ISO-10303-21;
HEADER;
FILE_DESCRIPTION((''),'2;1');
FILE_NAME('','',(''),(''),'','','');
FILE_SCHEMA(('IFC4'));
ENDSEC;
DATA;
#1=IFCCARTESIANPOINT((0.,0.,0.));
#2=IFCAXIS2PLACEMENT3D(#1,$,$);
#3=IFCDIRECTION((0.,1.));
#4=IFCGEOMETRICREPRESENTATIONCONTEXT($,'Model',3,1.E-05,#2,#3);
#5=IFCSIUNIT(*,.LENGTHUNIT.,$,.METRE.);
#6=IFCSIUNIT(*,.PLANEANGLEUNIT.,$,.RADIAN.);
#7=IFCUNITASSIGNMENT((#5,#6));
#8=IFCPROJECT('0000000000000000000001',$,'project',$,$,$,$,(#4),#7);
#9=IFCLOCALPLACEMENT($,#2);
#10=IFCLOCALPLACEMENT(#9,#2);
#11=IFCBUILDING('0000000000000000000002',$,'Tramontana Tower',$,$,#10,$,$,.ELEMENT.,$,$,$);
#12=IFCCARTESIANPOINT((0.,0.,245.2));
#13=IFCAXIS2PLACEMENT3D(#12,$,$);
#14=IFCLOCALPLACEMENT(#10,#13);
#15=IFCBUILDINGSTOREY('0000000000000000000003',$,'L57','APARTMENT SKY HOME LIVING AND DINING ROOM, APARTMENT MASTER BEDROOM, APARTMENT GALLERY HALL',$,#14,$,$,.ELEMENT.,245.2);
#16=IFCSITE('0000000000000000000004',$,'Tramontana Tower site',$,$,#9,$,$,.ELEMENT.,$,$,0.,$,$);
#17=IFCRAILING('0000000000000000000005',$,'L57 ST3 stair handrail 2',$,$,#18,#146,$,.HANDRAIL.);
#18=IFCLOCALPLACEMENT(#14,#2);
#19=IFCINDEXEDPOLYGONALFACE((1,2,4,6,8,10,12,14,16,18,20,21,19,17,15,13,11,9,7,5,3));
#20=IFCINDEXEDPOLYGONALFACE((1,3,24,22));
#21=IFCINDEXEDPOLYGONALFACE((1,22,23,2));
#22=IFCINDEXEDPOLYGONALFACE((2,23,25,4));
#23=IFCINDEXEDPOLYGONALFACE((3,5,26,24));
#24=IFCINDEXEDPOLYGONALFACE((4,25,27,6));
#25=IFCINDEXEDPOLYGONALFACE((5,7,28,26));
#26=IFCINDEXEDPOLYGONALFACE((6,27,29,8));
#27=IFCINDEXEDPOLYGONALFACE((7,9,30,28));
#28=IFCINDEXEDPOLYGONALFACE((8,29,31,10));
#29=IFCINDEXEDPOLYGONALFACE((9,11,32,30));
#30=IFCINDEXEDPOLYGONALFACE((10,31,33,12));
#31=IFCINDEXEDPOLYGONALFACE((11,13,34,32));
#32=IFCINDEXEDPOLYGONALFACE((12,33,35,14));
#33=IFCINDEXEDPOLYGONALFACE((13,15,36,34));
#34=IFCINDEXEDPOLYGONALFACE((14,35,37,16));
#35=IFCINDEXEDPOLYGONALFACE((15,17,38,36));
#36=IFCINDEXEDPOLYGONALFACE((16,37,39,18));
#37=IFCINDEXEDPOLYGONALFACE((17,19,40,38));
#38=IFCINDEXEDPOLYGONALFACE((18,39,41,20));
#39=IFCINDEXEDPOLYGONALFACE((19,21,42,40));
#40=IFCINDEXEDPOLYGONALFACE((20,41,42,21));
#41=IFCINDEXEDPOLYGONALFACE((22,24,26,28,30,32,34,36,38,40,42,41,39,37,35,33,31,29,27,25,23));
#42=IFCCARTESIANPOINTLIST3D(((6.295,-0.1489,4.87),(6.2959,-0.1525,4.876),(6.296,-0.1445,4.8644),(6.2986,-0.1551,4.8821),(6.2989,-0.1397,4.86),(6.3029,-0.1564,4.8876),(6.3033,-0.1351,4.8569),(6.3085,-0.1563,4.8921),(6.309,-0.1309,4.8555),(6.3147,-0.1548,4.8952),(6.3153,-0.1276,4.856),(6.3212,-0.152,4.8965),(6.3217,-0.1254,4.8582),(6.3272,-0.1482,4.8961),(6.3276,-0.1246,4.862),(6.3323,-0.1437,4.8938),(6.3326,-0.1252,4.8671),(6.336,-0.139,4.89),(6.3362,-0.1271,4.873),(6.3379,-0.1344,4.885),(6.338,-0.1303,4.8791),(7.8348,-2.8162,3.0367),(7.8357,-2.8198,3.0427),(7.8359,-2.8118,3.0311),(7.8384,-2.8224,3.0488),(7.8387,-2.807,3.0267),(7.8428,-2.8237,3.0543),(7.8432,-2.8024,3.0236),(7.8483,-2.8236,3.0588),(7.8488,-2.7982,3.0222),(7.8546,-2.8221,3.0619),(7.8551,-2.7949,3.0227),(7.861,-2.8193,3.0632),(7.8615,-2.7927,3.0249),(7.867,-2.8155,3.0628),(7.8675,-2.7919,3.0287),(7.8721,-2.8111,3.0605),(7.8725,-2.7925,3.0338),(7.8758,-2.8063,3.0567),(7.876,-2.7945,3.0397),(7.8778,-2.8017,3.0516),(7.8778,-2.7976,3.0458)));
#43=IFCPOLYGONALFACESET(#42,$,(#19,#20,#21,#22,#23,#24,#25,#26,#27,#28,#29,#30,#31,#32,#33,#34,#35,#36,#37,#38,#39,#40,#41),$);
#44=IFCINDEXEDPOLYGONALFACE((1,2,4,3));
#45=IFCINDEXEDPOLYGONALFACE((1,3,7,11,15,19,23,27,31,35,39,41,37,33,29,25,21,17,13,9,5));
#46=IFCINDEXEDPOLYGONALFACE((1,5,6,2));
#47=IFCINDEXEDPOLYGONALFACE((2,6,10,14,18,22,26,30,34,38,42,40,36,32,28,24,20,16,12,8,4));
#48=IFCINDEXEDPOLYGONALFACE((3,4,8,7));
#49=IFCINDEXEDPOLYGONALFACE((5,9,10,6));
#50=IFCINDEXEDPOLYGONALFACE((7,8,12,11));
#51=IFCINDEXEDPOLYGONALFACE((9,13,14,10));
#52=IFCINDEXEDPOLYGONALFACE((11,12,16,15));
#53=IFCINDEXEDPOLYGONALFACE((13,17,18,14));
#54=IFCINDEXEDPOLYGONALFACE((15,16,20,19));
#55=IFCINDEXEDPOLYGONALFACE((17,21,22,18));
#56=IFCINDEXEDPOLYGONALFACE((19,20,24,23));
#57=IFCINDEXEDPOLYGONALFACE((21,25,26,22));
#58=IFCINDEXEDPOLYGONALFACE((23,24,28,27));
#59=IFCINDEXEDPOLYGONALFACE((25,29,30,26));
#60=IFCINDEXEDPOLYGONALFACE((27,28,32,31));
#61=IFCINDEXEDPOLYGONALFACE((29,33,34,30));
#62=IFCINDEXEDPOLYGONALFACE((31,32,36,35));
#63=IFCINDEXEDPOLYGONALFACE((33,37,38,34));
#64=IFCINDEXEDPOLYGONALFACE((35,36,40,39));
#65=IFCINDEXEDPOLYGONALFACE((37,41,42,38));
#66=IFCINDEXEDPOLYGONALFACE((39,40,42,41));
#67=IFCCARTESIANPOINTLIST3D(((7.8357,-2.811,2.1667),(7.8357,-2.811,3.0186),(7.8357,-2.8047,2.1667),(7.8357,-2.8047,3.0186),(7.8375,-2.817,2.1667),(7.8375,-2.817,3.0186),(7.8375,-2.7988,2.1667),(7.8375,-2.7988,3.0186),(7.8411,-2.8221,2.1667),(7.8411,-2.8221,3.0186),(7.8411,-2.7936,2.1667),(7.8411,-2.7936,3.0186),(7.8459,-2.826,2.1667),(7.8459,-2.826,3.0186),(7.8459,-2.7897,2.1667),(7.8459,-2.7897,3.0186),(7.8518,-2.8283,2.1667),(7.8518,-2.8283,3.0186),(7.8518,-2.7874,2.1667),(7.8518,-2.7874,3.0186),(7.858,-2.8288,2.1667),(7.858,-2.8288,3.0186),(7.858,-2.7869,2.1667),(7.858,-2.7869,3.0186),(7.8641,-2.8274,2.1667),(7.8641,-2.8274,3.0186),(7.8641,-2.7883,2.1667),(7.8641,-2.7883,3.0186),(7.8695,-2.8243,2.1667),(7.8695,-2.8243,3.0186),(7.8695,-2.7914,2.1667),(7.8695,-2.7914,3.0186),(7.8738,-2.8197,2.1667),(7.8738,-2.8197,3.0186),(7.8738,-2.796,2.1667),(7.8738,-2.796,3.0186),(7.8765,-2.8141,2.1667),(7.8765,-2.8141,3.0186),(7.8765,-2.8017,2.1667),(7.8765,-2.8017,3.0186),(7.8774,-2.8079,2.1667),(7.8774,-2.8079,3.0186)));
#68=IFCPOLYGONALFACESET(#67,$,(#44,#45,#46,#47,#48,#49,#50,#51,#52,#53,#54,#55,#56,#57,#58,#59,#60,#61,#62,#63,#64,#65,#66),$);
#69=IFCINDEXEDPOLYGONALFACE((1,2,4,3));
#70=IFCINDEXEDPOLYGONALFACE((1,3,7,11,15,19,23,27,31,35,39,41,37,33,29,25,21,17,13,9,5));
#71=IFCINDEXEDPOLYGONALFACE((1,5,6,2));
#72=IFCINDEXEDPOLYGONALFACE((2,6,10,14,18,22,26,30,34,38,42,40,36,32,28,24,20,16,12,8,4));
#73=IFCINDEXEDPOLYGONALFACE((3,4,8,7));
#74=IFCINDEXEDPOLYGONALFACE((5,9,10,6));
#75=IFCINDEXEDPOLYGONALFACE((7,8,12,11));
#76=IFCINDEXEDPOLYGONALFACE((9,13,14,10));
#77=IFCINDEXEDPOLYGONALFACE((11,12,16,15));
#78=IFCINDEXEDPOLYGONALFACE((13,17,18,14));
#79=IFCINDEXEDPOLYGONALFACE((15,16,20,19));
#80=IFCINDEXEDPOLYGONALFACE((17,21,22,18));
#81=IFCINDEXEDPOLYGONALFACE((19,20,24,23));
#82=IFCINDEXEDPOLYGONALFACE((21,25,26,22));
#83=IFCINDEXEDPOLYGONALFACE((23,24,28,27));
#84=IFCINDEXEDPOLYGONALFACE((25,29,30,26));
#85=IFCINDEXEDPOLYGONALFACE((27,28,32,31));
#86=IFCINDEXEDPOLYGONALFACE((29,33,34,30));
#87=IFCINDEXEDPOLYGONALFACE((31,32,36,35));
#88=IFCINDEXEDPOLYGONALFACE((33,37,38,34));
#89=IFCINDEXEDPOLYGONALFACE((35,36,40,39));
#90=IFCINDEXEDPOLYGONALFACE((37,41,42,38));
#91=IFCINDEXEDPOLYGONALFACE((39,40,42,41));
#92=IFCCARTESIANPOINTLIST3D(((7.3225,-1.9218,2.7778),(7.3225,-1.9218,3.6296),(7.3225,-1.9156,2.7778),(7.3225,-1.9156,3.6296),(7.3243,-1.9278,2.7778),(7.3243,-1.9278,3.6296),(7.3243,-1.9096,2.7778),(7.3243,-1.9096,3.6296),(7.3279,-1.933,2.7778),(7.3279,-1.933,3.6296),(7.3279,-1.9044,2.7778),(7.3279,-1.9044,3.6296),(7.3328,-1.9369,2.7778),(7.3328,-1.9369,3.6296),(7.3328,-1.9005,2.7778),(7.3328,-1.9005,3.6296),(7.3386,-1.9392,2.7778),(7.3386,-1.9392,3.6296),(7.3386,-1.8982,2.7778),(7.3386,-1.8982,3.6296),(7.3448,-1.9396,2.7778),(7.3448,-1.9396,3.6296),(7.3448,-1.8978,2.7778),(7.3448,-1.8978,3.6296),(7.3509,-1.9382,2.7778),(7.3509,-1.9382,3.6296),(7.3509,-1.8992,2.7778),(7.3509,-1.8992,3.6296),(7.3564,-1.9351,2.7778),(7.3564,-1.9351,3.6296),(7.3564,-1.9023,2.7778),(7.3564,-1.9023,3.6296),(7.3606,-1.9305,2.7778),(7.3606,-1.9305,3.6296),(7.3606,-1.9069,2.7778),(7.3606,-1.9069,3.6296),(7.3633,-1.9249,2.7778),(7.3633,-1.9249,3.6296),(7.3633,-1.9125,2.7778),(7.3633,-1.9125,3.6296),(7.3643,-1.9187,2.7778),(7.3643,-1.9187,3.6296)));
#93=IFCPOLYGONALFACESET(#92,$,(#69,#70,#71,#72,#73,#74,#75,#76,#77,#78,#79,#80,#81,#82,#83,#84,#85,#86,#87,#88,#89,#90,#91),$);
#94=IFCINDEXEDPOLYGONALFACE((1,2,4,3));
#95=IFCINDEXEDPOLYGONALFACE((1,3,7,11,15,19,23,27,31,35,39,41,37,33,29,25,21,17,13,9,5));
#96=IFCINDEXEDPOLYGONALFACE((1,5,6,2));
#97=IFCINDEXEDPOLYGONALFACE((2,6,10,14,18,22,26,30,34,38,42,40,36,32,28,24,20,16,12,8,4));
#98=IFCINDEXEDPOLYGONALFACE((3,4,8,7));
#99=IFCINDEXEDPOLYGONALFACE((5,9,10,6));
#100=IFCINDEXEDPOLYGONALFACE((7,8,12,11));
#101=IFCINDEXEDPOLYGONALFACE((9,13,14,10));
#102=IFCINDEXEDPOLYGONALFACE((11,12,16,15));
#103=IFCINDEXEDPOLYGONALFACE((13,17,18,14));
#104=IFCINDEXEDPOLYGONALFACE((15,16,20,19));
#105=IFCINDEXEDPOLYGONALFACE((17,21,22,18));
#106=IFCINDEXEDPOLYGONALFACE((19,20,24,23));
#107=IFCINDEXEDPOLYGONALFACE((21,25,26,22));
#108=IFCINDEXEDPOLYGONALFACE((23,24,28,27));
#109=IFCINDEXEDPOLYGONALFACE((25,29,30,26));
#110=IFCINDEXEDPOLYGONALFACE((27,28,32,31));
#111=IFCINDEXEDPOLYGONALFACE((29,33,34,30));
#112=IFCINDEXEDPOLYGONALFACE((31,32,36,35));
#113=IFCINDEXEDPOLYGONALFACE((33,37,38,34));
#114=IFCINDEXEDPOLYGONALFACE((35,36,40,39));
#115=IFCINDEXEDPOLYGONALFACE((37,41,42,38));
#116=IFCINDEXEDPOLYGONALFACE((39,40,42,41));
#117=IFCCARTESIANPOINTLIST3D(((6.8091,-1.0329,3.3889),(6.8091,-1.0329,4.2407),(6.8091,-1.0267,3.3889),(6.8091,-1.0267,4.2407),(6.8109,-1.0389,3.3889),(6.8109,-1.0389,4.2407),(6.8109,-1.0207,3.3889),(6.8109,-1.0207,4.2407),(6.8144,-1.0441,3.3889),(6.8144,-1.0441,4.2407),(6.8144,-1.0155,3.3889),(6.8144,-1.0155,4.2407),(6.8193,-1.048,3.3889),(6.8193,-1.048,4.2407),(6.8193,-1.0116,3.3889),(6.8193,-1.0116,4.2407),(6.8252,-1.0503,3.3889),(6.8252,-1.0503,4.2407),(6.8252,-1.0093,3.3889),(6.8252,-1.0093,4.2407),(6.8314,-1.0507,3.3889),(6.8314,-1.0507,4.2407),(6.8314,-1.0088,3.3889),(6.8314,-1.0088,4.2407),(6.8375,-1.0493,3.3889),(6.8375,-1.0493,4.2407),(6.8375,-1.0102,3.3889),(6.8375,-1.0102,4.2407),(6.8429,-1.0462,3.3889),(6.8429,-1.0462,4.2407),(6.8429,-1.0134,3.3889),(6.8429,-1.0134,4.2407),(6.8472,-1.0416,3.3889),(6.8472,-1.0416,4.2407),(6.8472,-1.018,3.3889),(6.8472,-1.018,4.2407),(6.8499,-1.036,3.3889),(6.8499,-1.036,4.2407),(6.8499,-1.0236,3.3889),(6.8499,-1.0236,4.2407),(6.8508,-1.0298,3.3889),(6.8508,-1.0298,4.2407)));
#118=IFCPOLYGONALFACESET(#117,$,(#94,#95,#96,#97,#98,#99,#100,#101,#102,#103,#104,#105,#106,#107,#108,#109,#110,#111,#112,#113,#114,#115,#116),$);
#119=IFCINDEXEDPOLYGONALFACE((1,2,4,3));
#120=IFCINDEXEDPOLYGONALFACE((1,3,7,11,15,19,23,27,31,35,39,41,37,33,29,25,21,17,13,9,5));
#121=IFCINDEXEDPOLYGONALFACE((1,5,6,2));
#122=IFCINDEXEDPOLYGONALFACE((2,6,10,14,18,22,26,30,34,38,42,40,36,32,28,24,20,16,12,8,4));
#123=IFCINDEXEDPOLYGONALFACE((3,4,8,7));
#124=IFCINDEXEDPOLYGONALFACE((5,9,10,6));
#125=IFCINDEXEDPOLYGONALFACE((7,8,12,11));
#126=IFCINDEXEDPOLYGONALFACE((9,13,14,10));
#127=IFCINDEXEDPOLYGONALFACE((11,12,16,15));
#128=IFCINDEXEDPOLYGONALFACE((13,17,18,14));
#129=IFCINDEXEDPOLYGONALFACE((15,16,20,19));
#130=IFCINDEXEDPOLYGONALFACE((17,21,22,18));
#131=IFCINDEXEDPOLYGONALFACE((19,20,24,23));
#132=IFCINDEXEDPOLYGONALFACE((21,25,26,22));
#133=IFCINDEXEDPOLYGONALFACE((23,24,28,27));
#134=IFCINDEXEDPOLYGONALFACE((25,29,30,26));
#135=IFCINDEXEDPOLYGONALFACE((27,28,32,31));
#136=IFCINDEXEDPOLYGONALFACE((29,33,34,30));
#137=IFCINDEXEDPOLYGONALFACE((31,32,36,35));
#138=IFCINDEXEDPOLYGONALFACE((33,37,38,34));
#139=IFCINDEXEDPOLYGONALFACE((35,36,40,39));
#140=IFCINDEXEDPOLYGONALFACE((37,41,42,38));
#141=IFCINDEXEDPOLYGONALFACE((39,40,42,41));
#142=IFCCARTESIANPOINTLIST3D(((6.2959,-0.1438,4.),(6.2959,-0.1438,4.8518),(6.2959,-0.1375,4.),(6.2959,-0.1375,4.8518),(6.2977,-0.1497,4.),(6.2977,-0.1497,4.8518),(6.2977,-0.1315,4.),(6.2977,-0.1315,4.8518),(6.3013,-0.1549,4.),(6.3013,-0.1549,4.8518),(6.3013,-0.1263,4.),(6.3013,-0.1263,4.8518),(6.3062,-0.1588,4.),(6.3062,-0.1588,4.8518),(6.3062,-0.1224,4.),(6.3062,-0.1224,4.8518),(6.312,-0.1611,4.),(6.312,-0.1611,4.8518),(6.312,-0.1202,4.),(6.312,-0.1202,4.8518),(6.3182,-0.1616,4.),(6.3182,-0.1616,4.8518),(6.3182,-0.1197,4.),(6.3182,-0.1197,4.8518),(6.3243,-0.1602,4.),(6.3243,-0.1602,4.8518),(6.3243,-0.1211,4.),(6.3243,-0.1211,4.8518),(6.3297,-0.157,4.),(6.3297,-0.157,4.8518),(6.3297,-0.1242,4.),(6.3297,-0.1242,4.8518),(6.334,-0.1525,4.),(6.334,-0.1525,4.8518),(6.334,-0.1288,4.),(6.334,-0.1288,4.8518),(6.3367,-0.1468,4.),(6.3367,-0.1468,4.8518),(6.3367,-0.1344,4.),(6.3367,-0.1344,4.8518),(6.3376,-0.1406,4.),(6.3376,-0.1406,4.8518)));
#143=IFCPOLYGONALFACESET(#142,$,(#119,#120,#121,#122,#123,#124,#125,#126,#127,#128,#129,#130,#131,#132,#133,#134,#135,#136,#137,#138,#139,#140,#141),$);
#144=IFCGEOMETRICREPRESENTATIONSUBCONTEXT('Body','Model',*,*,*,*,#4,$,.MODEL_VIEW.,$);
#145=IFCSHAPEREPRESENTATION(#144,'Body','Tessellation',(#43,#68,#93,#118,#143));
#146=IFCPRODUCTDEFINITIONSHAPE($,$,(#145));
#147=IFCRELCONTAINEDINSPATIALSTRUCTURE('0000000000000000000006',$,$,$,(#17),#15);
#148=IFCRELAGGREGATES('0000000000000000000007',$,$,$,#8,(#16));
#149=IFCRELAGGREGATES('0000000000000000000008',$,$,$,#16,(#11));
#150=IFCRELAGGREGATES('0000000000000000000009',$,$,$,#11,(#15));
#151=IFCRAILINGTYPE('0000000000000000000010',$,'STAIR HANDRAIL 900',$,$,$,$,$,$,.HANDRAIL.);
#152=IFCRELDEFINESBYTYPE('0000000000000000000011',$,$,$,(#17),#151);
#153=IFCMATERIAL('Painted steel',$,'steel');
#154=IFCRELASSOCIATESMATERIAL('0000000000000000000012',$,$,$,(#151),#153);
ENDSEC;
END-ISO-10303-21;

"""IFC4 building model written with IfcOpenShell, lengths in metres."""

from ifc_helpers import new_model, si_unit, direction, frame, origin, origin_2d, place, context, subcontext, project, spatial, circle, extrude, material, type_object, element, save


model = new_model("IFC4")

# Units and contexts
model_context = context("Model", 3, precision=1e-05, world=origin(), true_north=direction((0.0, 1.0)))
body_context = subcontext(model_context, "Body", "Model", "MODEL_VIEW")
ifc_project = project(units=[si_unit("LENGTHUNIT", "METRE"), si_unit("PLANEANGLEUNIT", "RADIAN")], contexts=[model_context])

# Site, building, storey
site_placement = place(None, origin())
site = spatial("IfcSite", under=ifc_project, at=site_placement, Name="Tramontana Tower site", CompositionType="ELEMENT", RefElevation=0.0)
building_placement = place(site_placement, origin())
building = spatial("IfcBuilding", under=site, at=building_placement, Name="Tramontana Tower", CompositionType="ELEMENT")
storey_placement = place(building_placement, frame((0.0, 0.0, 245.2)))
storey = spatial("IfcBuildingStorey", under=building, at=storey_placement, Name="L57", Description="APARTMENT SKY HOME LIVING AND DINING ROOM, APARTMENT MASTER BEDROOM, APARTMENT GALLERY HALL", CompositionType="ELEMENT", Elevation=245.2)

# Railing
ifc_material_1 = material(Name="Painted steel", Category="steel")
railing_type_1 = type_object("IfcRailingType", Name="STAIR HANDRAIL 900", PredefinedType="HANDRAIL", material=ifc_material_1)
railing_1_placement = place(storey_placement, frame((7.8564, -2.8079, 2.1667)))
element("IfcRailing", 1, at=railing_1_placement, inside=storey, type_object=railing_type_1, Name="L57 ST3 stair handrail 2", PredefinedType="HANDRAIL", context=body_context, shape_type="SweptSolid", body=[
    extrude(circle(Radius=0.0239, at=origin_2d()), frame((0.0, 0.0, 0.876), z_axis=(-0.429616, 0.744181, 0.511493), x_axis=(-0.866044, -0.499967, 0.0)), (0.0, 0.0, 1.0), 3.5842),
    extrude(circle(Radius=0.021, at=origin_2d()), origin(), (0.0, 0.0, 1.0), 0.8518),
    extrude(circle(Radius=0.021, at=origin_2d()), frame((-0.5132, 0.8892, 0.6111)), (0.0, 0.0, 1.0), 0.8518),
    extrude(circle(Radius=0.021, at=origin_2d()), frame((-1.0266, 1.7781, 1.2222)), (0.0, 0.0, 1.0), 0.8518),
    extrude(circle(Radius=0.021, at=origin_2d()), frame((-1.5398, 2.6672, 1.8333)), (0.0, 0.0, 1.0), 0.8518),
])

save(model, "model.ifc")
